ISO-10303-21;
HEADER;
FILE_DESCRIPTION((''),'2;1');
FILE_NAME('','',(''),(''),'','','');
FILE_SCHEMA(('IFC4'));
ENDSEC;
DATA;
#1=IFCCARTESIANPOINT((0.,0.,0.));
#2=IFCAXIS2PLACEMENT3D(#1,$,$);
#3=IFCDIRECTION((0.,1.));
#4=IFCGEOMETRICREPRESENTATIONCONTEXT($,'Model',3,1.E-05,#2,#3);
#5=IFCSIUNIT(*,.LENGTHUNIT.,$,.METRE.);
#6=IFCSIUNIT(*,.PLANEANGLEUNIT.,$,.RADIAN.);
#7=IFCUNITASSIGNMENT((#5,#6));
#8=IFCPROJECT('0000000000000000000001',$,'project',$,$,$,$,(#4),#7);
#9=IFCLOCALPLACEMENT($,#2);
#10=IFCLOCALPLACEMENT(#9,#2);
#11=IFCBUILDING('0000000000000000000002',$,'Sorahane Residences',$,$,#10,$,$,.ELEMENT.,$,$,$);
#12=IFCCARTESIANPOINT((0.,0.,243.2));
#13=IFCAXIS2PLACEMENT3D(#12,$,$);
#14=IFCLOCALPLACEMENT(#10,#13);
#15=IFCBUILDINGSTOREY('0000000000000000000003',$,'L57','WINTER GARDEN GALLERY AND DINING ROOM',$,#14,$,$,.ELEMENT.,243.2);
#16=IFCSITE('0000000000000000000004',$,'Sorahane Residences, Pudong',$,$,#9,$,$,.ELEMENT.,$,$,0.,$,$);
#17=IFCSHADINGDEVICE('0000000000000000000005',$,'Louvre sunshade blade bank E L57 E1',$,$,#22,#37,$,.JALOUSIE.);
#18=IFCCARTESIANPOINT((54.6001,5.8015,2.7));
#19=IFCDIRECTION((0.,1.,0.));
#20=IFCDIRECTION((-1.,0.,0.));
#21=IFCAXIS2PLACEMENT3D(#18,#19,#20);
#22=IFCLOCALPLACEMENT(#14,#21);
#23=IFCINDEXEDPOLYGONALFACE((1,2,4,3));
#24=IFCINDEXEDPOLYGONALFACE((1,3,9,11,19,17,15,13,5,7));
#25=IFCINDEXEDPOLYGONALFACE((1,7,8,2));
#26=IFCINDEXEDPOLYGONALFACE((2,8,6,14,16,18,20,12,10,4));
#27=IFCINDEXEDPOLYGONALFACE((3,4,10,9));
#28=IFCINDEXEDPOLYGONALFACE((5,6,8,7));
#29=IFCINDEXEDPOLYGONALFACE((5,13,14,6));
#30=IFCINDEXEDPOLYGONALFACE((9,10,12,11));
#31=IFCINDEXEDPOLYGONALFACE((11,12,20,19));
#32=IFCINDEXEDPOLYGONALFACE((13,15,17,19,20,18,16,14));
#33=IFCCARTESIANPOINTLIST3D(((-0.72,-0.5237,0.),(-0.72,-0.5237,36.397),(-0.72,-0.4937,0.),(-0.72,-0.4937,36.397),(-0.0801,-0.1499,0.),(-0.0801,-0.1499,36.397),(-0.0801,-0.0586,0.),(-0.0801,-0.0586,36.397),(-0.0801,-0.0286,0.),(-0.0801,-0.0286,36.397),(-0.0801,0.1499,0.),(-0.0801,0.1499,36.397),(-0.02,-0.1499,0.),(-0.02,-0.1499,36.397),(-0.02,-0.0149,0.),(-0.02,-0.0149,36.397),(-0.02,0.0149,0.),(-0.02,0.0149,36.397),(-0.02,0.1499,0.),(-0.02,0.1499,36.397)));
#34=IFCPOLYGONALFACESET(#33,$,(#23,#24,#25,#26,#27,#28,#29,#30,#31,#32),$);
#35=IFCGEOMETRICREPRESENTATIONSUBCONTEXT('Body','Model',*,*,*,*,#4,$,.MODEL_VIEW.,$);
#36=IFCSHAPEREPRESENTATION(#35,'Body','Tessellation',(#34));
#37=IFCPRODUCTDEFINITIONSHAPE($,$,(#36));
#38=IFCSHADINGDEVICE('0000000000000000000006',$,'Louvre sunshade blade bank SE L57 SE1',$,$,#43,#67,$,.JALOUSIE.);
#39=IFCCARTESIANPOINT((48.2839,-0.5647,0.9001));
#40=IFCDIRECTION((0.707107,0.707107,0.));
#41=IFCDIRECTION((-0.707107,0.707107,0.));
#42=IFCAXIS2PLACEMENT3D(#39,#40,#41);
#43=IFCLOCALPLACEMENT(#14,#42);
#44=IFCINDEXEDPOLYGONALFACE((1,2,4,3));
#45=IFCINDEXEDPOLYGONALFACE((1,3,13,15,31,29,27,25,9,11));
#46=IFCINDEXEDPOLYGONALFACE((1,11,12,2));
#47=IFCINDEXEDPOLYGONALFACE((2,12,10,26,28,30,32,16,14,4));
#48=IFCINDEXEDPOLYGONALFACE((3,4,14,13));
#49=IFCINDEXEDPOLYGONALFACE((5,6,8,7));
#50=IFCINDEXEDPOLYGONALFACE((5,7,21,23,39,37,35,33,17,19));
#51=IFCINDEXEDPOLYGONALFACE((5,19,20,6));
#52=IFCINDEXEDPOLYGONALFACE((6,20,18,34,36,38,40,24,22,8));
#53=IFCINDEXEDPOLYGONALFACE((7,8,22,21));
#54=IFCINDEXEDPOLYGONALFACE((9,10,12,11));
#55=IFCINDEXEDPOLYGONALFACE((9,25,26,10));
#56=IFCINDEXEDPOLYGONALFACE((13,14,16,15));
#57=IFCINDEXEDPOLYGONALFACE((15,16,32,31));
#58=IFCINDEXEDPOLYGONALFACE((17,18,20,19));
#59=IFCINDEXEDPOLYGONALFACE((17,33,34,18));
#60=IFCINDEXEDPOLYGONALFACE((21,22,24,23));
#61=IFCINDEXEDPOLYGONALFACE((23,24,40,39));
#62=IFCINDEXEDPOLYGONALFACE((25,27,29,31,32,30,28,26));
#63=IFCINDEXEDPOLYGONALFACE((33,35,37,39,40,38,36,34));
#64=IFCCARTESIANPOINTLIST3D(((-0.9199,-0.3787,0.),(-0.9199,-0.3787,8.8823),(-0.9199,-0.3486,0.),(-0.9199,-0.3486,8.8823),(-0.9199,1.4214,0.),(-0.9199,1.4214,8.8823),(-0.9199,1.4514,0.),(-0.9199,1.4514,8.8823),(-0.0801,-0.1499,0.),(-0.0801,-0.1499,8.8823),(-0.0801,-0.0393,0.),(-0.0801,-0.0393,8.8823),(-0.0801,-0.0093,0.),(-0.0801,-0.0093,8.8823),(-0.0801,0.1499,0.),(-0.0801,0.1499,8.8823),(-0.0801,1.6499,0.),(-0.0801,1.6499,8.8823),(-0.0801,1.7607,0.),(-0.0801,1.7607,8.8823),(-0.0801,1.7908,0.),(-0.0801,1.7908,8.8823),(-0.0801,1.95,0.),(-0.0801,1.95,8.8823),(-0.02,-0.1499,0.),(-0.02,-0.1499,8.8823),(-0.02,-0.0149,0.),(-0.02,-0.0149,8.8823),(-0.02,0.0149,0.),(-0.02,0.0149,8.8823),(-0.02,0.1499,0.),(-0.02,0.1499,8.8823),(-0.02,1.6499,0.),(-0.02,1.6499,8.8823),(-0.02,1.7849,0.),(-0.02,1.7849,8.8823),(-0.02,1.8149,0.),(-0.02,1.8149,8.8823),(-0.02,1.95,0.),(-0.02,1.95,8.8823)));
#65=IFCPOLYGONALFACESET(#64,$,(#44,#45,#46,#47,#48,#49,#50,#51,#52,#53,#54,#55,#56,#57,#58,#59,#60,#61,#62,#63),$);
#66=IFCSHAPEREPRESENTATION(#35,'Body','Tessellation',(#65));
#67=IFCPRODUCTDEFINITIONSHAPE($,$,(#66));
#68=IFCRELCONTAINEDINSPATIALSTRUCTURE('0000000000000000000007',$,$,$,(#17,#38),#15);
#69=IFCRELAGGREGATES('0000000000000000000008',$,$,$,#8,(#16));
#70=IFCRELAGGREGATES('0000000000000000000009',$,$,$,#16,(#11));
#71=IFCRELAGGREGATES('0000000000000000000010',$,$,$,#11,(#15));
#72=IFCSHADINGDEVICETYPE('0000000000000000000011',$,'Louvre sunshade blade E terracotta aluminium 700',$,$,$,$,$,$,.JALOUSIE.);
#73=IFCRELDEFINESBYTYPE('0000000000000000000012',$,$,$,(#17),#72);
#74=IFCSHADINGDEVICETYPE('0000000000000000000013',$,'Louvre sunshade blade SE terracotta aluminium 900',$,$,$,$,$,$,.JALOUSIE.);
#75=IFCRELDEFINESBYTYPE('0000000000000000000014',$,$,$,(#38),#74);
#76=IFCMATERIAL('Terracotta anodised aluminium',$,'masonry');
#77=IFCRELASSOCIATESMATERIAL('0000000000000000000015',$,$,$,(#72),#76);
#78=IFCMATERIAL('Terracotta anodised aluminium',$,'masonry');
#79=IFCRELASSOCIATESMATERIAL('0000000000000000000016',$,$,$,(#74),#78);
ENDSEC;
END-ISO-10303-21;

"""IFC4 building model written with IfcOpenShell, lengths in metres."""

from ifc_helpers import new_model, si_unit, direction, frame, origin, place, context, subcontext, project, spatial, polyline, outline, composite_profile, extrude, material, type_object, element, save


model = new_model("IFC4")

# Units and contexts
model_context = context("Model", 3, precision=1e-05, world=origin(), true_north=direction((0.0, 1.0)))
body_context = subcontext(model_context, "Body", "Model", "MODEL_VIEW")
ifc_project = project(units=[si_unit("LENGTHUNIT", "METRE"), si_unit("PLANEANGLEUNIT", "RADIAN")], contexts=[model_context])

# Site, building, storey
site_placement = place(None, origin())
site = spatial("IfcSite", under=ifc_project, at=site_placement, Name="Sorahane Residences, Pudong", CompositionType="ELEMENT", RefElevation=0.0)
building_placement = place(site_placement, origin())
building = spatial("IfcBuilding", under=site, at=building_placement, Name="Sorahane Residences", CompositionType="ELEMENT")
storey_placement = place(building_placement, frame((0.0, 0.0, 243.2)))
storey = spatial("IfcBuildingStorey", under=building, at=storey_placement, Name="L57", Description="WINTER GARDEN GALLERY AND DINING ROOM", CompositionType="ELEMENT", Elevation=243.2)

# Shading devices
ifc_material_1 = material(Name="Terracotta anodised aluminium", Category="masonry")
shading_device_type_1 = type_object("IfcShadingDeviceType", Name="Louvre sunshade blade E terracotta aluminium 700", PredefinedType="JALOUSIE", material=ifc_material_1)
shading_device_1_placement = place(storey_placement, frame((54.6001, 5.8015, 2.7), z_axis=(0.0, 1.0, 0.0), x_axis=(-1.0, 0.0, 0.0)))
element("IfcShadingDevice", 1, at=shading_device_1_placement, inside=storey, type_object=shading_device_type_1, Name="Louvre sunshade blade bank E L57 E1", PredefinedType="JALOUSIE", context=body_context, shape_type="SweptSolid", body=[
    extrude(outline(polyline([(-0.72, -0.4937), (-0.72, -0.5237), (-0.0801, -0.0586), (-0.0801, -0.1499), (-0.02, -0.1499), (-0.02, -0.0149), (-0.02, 0.0149), (-0.02, 0.1499), (-0.0801, 0.1499), (-0.0801, -0.0286), (-0.72, -0.4937)])), origin(), (0.0, 0.0, 1.0), 36.397),
])
ifc_material_2 = material(Name="Terracotta anodised aluminium", Category="masonry")
shading_device_type_2 = type_object("IfcShadingDeviceType", Name="Louvre sunshade blade SE terracotta aluminium 900", PredefinedType="JALOUSIE", material=ifc_material_2)
shading_device_2_placement = place(storey_placement, frame((48.2839, -0.5647, 0.9001), z_axis=(0.707107, 0.707107, 0.0), x_axis=(-0.707107, 0.707107, 0.0)))
element("IfcShadingDevice", 2, at=shading_device_2_placement, inside=storey, type_object=shading_device_type_2, Name="Louvre sunshade blade bank SE L57 SE1", PredefinedType="JALOUSIE", context=body_context, shape_type="SweptSolid", body=[
    extrude(composite_profile([outline(polyline([(-0.9199, -0.3486), (-0.9199, -0.3787), (-0.0801, -0.0393), (-0.0801, -0.1499), (-0.02, -0.1499), (-0.02, -0.0149), (-0.02, 0.0149), (-0.02, 0.1499), (-0.0801, 0.1499), (-0.0801, -0.0093), (-0.9199, -0.3486)])), outline(polyline([(-0.9199, 1.4514), (-0.9199, 1.4214), (-0.0801, 1.7607), (-0.0801, 1.6499), (-0.02, 1.6499), (-0.02, 1.7849), (-0.02, 1.8149), (-0.02, 1.95), (-0.0801, 1.95), (-0.0801, 1.7908), (-0.9199, 1.4514)]))]), origin(), (0.0, 0.0, 1.0), 8.8823),
])

save(model, "model.ifc")
